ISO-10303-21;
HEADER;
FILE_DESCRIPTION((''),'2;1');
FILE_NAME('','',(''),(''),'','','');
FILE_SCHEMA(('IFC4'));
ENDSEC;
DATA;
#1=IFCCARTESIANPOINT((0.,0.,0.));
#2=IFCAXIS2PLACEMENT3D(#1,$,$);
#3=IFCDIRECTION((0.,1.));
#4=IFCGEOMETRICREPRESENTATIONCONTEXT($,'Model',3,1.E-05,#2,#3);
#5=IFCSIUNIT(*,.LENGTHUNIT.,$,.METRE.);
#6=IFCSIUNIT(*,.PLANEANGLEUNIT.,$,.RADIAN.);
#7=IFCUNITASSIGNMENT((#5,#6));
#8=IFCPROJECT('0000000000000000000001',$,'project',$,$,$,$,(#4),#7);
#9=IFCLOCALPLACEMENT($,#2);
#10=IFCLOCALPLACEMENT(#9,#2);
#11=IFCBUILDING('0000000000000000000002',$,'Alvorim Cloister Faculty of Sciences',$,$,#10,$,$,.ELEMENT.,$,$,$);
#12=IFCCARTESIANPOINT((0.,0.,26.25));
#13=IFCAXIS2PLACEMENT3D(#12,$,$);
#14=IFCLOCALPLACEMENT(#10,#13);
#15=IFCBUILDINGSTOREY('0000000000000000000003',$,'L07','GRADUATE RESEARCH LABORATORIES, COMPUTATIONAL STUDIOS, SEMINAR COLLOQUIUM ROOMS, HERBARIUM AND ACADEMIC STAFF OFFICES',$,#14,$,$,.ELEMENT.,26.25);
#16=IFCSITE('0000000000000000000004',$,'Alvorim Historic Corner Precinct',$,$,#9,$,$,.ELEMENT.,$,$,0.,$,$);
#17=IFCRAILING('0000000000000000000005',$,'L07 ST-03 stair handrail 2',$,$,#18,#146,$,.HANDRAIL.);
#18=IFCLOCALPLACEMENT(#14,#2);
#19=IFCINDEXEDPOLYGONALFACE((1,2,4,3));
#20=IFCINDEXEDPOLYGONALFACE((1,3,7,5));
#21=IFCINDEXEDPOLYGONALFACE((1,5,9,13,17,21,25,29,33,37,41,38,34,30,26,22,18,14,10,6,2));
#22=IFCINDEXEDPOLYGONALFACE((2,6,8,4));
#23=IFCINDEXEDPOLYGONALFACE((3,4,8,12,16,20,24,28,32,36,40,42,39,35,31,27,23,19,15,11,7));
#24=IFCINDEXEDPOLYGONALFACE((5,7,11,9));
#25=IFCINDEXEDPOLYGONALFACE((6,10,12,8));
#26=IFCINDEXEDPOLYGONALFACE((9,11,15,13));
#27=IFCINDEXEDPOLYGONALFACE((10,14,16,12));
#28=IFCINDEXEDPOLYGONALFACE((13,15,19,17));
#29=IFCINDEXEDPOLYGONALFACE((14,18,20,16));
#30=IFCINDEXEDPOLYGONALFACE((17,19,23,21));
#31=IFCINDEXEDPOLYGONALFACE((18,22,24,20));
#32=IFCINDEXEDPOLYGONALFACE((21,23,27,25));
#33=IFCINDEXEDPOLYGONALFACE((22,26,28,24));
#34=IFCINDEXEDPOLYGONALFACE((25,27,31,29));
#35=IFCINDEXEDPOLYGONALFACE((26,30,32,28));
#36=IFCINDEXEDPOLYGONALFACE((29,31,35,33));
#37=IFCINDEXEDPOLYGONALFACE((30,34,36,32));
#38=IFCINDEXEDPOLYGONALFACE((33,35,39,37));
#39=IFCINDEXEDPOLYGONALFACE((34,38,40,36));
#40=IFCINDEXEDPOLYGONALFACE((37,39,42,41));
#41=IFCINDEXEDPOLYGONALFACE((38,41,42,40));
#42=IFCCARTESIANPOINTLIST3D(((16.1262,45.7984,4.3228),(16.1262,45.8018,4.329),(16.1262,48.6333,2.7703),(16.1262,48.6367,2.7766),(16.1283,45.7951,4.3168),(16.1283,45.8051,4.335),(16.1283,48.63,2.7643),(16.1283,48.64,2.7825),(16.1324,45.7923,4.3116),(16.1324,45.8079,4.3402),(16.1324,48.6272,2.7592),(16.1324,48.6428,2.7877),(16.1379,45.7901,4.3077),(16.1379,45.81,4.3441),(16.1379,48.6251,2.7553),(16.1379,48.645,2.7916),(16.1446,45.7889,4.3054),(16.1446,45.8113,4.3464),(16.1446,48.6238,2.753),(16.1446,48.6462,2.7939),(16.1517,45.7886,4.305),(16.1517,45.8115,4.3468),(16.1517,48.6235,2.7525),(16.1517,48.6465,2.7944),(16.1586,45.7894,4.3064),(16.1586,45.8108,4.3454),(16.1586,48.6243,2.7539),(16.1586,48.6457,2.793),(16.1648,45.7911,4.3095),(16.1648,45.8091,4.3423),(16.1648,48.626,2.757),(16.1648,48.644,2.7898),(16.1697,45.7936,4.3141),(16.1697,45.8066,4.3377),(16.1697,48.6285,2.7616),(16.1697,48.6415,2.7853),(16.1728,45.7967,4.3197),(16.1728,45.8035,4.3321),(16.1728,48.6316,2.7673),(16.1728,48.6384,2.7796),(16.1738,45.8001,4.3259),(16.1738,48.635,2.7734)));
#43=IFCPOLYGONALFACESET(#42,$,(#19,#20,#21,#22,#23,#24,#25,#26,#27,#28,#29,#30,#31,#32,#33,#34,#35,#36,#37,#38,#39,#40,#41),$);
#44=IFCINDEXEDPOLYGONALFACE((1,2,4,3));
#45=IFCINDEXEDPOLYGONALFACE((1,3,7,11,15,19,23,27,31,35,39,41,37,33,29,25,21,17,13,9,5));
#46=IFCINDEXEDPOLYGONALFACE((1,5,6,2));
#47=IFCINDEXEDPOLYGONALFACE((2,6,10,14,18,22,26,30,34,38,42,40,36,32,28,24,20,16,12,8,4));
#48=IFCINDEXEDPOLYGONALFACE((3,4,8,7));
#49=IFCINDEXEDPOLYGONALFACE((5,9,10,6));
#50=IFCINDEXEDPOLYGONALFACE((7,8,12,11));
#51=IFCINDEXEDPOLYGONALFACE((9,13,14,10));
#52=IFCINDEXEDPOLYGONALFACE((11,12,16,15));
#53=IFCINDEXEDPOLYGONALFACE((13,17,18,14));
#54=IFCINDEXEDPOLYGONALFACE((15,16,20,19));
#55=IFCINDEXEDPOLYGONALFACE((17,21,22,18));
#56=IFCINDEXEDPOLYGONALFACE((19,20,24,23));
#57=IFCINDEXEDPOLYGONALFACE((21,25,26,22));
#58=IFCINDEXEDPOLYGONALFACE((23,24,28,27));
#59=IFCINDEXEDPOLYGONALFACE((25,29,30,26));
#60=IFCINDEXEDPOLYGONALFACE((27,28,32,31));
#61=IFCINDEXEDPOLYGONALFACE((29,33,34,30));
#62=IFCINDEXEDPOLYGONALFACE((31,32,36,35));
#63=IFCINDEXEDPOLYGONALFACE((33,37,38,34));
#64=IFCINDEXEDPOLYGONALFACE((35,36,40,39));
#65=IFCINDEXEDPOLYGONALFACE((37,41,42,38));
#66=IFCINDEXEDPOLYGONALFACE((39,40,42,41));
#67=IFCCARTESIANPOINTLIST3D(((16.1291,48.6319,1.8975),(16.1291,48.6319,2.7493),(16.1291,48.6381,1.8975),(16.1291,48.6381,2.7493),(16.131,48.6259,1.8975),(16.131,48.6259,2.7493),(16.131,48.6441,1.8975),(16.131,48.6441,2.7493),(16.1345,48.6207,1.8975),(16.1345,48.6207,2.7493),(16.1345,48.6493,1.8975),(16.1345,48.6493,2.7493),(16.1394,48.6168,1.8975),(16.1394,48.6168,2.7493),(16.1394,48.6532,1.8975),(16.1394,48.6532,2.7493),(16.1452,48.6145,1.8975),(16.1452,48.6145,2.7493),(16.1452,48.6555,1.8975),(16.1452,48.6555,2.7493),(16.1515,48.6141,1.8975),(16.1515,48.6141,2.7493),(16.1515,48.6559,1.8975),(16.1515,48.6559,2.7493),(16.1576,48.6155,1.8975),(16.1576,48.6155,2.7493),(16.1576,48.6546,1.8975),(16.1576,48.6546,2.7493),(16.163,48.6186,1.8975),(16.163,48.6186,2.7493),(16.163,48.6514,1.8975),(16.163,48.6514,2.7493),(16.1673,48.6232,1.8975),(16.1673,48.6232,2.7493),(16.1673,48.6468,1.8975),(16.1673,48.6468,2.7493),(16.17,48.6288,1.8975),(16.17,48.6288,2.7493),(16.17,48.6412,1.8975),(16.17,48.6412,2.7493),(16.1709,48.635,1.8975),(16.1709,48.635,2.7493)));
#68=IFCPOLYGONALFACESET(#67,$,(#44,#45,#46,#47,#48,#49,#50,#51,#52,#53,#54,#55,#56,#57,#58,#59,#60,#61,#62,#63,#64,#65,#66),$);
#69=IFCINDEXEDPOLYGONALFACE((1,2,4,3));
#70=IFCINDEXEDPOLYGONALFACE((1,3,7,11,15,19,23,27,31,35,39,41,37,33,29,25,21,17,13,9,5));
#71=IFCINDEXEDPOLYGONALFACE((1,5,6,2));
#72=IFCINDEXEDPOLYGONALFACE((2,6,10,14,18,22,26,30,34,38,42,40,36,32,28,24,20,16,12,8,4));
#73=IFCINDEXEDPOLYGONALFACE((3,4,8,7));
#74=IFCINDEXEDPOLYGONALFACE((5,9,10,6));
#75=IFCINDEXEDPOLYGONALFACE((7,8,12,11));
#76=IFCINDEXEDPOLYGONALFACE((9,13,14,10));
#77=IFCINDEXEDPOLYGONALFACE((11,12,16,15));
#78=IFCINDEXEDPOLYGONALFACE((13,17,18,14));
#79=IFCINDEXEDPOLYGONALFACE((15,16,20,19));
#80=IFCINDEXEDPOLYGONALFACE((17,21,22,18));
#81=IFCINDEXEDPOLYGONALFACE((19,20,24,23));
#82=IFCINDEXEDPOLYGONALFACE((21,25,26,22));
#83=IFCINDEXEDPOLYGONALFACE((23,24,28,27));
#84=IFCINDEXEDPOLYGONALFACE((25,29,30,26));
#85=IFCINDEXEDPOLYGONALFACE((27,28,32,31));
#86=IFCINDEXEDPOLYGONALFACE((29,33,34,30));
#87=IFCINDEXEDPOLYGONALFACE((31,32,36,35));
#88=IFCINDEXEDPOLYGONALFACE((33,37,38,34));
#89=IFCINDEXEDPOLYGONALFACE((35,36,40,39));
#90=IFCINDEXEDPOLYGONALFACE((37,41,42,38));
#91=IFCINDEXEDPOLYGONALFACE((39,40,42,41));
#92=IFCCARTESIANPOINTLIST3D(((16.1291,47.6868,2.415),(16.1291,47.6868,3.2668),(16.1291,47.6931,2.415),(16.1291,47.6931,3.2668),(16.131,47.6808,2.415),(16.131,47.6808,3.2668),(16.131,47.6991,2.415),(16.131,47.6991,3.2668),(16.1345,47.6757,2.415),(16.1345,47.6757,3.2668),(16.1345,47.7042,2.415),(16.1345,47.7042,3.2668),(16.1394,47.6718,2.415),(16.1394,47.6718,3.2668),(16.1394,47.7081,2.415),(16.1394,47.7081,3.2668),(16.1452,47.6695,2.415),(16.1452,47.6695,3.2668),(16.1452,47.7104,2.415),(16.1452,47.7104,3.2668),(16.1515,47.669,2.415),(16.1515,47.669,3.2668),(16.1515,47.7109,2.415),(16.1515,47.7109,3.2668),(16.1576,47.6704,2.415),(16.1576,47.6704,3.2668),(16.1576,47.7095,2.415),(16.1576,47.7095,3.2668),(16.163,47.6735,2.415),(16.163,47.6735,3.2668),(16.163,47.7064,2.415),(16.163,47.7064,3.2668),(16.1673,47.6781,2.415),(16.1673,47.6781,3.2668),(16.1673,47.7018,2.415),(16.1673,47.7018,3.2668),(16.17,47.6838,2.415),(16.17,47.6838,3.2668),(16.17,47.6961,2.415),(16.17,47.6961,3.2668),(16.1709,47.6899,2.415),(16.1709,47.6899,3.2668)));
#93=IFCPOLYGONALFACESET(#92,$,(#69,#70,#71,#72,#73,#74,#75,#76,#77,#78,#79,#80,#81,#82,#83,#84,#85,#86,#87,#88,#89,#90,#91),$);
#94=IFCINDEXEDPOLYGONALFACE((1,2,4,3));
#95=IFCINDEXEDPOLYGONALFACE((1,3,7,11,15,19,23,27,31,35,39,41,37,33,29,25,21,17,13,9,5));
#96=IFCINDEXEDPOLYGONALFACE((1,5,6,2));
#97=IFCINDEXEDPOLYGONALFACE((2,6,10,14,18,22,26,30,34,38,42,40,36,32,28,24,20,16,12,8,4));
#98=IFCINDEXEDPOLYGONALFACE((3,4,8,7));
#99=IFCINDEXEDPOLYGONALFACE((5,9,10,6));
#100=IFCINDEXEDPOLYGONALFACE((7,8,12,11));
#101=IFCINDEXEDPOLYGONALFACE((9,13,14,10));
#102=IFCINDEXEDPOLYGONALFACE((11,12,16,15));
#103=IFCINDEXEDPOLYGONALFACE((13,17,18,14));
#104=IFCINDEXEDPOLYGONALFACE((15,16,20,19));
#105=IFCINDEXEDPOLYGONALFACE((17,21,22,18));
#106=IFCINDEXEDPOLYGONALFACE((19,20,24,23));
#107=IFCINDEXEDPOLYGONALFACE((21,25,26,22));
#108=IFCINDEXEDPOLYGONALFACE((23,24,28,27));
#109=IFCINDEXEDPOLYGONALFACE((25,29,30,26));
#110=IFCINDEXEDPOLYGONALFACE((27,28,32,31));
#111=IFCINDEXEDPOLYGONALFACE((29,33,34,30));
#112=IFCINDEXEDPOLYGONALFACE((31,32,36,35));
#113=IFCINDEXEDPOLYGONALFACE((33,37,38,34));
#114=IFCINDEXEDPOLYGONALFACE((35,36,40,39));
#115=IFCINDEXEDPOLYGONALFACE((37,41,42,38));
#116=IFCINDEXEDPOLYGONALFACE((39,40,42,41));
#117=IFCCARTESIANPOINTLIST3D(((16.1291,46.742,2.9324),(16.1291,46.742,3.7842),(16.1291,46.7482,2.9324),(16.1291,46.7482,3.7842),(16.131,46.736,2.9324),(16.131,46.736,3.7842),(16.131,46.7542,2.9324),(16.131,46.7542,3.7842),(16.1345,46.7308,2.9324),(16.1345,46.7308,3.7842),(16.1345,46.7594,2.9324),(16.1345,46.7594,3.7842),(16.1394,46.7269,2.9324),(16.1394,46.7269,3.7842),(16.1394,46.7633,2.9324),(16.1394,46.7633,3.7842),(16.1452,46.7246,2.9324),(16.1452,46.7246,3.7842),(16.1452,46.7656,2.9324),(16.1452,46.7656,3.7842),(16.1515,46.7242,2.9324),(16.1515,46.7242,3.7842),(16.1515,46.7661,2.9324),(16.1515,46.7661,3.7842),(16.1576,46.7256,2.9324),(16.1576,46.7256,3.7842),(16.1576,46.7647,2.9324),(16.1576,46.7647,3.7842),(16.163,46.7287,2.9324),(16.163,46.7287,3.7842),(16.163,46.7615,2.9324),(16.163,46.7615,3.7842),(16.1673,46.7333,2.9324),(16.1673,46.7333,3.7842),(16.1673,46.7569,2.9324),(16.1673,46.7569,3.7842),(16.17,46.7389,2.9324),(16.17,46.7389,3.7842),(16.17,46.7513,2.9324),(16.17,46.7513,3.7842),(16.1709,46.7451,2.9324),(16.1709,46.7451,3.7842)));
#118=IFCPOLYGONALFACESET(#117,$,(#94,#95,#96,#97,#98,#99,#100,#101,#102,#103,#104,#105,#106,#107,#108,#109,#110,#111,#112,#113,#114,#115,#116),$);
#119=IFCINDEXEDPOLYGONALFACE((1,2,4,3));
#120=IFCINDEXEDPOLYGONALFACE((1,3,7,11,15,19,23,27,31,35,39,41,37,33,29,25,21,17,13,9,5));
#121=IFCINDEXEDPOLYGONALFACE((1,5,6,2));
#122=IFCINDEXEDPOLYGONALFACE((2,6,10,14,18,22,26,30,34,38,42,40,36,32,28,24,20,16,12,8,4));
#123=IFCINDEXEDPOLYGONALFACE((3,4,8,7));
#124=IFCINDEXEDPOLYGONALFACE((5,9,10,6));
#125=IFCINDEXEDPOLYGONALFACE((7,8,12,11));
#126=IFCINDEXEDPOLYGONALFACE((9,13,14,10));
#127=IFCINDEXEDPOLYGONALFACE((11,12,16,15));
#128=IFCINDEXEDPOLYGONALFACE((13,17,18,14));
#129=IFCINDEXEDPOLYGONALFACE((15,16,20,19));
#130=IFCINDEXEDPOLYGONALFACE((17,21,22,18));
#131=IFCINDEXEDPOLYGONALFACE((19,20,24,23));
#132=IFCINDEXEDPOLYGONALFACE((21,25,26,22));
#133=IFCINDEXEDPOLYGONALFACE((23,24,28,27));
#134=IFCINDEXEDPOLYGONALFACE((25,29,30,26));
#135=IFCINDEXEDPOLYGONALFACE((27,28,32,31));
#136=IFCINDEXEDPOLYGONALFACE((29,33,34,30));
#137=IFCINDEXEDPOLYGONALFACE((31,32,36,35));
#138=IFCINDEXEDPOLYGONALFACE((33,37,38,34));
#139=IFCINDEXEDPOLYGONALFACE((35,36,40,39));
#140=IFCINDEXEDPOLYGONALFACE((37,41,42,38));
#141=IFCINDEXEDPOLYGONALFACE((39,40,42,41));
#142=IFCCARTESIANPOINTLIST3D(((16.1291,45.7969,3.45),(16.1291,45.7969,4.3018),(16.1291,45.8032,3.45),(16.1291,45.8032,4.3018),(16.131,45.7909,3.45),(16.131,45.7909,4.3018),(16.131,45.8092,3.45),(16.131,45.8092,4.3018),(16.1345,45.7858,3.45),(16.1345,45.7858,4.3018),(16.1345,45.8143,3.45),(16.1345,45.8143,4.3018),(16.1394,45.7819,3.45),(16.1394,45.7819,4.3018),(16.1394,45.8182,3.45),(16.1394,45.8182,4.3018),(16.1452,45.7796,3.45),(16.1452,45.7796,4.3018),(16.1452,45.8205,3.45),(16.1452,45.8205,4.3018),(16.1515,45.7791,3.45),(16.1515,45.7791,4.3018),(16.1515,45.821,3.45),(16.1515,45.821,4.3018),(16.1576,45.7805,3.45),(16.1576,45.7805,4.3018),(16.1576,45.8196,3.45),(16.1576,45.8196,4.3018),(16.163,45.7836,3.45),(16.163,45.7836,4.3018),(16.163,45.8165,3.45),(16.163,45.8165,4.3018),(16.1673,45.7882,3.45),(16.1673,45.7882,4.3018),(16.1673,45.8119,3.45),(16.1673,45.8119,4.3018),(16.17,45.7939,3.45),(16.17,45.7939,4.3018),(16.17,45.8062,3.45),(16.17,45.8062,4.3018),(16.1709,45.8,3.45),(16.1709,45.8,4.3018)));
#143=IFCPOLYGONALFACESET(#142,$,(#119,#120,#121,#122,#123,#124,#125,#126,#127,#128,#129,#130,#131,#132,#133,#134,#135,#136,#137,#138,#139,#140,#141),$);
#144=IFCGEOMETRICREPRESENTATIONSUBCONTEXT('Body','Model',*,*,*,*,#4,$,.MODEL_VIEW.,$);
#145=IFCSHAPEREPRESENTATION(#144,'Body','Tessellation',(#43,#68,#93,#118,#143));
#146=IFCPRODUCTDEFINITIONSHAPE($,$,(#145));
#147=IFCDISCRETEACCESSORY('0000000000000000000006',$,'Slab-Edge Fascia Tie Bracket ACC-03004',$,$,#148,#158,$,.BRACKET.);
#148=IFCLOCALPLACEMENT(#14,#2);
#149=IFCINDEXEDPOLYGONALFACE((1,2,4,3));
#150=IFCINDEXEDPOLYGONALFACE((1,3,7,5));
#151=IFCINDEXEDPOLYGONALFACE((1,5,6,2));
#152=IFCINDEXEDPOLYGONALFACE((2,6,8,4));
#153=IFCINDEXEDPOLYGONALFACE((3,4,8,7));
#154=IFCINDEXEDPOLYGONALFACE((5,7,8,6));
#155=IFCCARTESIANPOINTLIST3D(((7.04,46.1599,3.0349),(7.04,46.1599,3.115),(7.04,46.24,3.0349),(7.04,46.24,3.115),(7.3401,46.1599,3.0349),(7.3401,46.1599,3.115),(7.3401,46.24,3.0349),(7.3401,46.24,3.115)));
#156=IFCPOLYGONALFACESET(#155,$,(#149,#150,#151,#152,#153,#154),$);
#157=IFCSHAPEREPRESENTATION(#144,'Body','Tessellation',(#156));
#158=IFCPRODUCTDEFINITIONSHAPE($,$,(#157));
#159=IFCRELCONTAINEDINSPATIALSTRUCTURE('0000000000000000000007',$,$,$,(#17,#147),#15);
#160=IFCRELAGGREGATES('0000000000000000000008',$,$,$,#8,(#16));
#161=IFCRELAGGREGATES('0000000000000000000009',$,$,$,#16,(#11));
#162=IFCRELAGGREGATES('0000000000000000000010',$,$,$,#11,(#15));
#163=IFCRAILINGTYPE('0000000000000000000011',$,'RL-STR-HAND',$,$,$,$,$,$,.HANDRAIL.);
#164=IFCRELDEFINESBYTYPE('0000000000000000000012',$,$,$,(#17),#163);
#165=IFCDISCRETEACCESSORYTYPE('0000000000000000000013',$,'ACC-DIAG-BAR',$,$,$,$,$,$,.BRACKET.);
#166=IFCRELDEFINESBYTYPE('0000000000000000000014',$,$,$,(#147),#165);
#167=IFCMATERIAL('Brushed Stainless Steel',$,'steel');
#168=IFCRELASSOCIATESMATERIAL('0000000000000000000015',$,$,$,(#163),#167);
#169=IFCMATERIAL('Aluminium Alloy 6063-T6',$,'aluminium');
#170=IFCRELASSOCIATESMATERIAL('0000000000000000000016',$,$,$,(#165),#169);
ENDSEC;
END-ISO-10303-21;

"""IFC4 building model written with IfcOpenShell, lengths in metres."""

from ifc_helpers import new_model, si_unit, direction, frame, origin, origin_2d, place, context, subcontext, project, spatial, rectangle, circle, extrude, material, type_object, element, save


model = new_model("IFC4")

# Units and contexts
model_context = context("Model", 3, precision=1e-05, world=origin(), true_north=direction((0.0, 1.0)))
body_context = subcontext(model_context, "Body", "Model", "MODEL_VIEW")
ifc_project = project(units=[si_unit("LENGTHUNIT", "METRE"), si_unit("PLANEANGLEUNIT", "RADIAN")], contexts=[model_context])

# Site, building, storey
site_placement = place(None, origin())
site = spatial("IfcSite", under=ifc_project, at=site_placement, Name="Alvorim Historic Corner Precinct", CompositionType="ELEMENT", RefElevation=0.0)
building_placement = place(site_placement, origin())
building = spatial("IfcBuilding", under=site, at=building_placement, Name="Alvorim Cloister Faculty of Sciences", CompositionType="ELEMENT")
storey_placement = place(building_placement, frame((0.0, 0.0, 26.25)))
storey = spatial("IfcBuildingStorey", under=building, at=storey_placement, Name="L07", Description="GRADUATE RESEARCH LABORATORIES, COMPUTATIONAL STUDIOS, SEMINAR COLLOQUIUM ROOMS, HERBARIUM AND ACADEMIC STAFF OFFICES", CompositionType="ELEMENT", Elevation=26.25)

# Shared definitions
ifc_material_1 = material(Name="Aluminium Alloy 6063-T6", Category="aluminium")

# Railing
ifc_material_2 = material(Name="Brushed Stainless Steel", Category="steel")
railing_type_1 = type_object("IfcRailingType", Name="RL-STR-HAND", PredefinedType="HANDRAIL", material=ifc_material_2)
railing_1_placement = place(storey_placement, frame((16.1499, 48.635, 1.8975)))
element("IfcRailing", 1, at=railing_1_placement, inside=storey, type_object=railing_type_1, Name="L07 ST-03 stair handrail 2", PredefinedType="HANDRAIL", context=body_context, shape_type="SweptSolid", body=[
    extrude(circle(Radius=0.0239, at=origin_2d()), frame((0.0, 0.0, 0.876), z_axis=(0.0, -0.877095, 0.480317), x_axis=(1.0, 0.0, 0.0)), (0.0, 0.0, 1.0), 3.2322),
    extrude(circle(Radius=0.021, at=origin_2d()), origin(), (0.0, 0.0, 1.0), 0.8518),
    extrude(circle(Radius=0.021, at=origin_2d()), frame((0.0, -0.9451, 0.5176)), (0.0, 0.0, 1.0), 0.8518),
    extrude(circle(Radius=0.021, at=origin_2d()), frame((0.0, -1.8899, 1.0349)), (0.0, 0.0, 1.0), 0.8518),
    extrude(circle(Radius=0.021, at=origin_2d()), frame((0.0, -2.835, 1.5525)), (0.0, 0.0, 1.0), 0.8518),
])

# Discrete accessory
discrete_accessory_type = type_object("IfcDiscreteAccessoryType", Name="ACC-DIAG-BAR", PredefinedType="BRACKET", material=ifc_material_1)
discrete_accessory_placement = place(storey_placement, frame((7.3401, 46.2, 3.075), z_axis=(-1.0, 0.0, 0.0), x_axis=(0.0, -1.0, 0.0)))
element("IfcDiscreteAccessory", 2, at=discrete_accessory_placement, inside=storey, type_object=discrete_accessory_type, Name="Slab-Edge Fascia Tie Bracket ACC-03004", PredefinedType="BRACKET", context=body_context, shape_type="SweptSolid", body=[
    extrude(rectangle(XDim=0.0801, YDim=0.0801, at=origin_2d()), origin(), (0.0, 0.0, 1.0), 0.3),
])

save(model, "model.ifc")
